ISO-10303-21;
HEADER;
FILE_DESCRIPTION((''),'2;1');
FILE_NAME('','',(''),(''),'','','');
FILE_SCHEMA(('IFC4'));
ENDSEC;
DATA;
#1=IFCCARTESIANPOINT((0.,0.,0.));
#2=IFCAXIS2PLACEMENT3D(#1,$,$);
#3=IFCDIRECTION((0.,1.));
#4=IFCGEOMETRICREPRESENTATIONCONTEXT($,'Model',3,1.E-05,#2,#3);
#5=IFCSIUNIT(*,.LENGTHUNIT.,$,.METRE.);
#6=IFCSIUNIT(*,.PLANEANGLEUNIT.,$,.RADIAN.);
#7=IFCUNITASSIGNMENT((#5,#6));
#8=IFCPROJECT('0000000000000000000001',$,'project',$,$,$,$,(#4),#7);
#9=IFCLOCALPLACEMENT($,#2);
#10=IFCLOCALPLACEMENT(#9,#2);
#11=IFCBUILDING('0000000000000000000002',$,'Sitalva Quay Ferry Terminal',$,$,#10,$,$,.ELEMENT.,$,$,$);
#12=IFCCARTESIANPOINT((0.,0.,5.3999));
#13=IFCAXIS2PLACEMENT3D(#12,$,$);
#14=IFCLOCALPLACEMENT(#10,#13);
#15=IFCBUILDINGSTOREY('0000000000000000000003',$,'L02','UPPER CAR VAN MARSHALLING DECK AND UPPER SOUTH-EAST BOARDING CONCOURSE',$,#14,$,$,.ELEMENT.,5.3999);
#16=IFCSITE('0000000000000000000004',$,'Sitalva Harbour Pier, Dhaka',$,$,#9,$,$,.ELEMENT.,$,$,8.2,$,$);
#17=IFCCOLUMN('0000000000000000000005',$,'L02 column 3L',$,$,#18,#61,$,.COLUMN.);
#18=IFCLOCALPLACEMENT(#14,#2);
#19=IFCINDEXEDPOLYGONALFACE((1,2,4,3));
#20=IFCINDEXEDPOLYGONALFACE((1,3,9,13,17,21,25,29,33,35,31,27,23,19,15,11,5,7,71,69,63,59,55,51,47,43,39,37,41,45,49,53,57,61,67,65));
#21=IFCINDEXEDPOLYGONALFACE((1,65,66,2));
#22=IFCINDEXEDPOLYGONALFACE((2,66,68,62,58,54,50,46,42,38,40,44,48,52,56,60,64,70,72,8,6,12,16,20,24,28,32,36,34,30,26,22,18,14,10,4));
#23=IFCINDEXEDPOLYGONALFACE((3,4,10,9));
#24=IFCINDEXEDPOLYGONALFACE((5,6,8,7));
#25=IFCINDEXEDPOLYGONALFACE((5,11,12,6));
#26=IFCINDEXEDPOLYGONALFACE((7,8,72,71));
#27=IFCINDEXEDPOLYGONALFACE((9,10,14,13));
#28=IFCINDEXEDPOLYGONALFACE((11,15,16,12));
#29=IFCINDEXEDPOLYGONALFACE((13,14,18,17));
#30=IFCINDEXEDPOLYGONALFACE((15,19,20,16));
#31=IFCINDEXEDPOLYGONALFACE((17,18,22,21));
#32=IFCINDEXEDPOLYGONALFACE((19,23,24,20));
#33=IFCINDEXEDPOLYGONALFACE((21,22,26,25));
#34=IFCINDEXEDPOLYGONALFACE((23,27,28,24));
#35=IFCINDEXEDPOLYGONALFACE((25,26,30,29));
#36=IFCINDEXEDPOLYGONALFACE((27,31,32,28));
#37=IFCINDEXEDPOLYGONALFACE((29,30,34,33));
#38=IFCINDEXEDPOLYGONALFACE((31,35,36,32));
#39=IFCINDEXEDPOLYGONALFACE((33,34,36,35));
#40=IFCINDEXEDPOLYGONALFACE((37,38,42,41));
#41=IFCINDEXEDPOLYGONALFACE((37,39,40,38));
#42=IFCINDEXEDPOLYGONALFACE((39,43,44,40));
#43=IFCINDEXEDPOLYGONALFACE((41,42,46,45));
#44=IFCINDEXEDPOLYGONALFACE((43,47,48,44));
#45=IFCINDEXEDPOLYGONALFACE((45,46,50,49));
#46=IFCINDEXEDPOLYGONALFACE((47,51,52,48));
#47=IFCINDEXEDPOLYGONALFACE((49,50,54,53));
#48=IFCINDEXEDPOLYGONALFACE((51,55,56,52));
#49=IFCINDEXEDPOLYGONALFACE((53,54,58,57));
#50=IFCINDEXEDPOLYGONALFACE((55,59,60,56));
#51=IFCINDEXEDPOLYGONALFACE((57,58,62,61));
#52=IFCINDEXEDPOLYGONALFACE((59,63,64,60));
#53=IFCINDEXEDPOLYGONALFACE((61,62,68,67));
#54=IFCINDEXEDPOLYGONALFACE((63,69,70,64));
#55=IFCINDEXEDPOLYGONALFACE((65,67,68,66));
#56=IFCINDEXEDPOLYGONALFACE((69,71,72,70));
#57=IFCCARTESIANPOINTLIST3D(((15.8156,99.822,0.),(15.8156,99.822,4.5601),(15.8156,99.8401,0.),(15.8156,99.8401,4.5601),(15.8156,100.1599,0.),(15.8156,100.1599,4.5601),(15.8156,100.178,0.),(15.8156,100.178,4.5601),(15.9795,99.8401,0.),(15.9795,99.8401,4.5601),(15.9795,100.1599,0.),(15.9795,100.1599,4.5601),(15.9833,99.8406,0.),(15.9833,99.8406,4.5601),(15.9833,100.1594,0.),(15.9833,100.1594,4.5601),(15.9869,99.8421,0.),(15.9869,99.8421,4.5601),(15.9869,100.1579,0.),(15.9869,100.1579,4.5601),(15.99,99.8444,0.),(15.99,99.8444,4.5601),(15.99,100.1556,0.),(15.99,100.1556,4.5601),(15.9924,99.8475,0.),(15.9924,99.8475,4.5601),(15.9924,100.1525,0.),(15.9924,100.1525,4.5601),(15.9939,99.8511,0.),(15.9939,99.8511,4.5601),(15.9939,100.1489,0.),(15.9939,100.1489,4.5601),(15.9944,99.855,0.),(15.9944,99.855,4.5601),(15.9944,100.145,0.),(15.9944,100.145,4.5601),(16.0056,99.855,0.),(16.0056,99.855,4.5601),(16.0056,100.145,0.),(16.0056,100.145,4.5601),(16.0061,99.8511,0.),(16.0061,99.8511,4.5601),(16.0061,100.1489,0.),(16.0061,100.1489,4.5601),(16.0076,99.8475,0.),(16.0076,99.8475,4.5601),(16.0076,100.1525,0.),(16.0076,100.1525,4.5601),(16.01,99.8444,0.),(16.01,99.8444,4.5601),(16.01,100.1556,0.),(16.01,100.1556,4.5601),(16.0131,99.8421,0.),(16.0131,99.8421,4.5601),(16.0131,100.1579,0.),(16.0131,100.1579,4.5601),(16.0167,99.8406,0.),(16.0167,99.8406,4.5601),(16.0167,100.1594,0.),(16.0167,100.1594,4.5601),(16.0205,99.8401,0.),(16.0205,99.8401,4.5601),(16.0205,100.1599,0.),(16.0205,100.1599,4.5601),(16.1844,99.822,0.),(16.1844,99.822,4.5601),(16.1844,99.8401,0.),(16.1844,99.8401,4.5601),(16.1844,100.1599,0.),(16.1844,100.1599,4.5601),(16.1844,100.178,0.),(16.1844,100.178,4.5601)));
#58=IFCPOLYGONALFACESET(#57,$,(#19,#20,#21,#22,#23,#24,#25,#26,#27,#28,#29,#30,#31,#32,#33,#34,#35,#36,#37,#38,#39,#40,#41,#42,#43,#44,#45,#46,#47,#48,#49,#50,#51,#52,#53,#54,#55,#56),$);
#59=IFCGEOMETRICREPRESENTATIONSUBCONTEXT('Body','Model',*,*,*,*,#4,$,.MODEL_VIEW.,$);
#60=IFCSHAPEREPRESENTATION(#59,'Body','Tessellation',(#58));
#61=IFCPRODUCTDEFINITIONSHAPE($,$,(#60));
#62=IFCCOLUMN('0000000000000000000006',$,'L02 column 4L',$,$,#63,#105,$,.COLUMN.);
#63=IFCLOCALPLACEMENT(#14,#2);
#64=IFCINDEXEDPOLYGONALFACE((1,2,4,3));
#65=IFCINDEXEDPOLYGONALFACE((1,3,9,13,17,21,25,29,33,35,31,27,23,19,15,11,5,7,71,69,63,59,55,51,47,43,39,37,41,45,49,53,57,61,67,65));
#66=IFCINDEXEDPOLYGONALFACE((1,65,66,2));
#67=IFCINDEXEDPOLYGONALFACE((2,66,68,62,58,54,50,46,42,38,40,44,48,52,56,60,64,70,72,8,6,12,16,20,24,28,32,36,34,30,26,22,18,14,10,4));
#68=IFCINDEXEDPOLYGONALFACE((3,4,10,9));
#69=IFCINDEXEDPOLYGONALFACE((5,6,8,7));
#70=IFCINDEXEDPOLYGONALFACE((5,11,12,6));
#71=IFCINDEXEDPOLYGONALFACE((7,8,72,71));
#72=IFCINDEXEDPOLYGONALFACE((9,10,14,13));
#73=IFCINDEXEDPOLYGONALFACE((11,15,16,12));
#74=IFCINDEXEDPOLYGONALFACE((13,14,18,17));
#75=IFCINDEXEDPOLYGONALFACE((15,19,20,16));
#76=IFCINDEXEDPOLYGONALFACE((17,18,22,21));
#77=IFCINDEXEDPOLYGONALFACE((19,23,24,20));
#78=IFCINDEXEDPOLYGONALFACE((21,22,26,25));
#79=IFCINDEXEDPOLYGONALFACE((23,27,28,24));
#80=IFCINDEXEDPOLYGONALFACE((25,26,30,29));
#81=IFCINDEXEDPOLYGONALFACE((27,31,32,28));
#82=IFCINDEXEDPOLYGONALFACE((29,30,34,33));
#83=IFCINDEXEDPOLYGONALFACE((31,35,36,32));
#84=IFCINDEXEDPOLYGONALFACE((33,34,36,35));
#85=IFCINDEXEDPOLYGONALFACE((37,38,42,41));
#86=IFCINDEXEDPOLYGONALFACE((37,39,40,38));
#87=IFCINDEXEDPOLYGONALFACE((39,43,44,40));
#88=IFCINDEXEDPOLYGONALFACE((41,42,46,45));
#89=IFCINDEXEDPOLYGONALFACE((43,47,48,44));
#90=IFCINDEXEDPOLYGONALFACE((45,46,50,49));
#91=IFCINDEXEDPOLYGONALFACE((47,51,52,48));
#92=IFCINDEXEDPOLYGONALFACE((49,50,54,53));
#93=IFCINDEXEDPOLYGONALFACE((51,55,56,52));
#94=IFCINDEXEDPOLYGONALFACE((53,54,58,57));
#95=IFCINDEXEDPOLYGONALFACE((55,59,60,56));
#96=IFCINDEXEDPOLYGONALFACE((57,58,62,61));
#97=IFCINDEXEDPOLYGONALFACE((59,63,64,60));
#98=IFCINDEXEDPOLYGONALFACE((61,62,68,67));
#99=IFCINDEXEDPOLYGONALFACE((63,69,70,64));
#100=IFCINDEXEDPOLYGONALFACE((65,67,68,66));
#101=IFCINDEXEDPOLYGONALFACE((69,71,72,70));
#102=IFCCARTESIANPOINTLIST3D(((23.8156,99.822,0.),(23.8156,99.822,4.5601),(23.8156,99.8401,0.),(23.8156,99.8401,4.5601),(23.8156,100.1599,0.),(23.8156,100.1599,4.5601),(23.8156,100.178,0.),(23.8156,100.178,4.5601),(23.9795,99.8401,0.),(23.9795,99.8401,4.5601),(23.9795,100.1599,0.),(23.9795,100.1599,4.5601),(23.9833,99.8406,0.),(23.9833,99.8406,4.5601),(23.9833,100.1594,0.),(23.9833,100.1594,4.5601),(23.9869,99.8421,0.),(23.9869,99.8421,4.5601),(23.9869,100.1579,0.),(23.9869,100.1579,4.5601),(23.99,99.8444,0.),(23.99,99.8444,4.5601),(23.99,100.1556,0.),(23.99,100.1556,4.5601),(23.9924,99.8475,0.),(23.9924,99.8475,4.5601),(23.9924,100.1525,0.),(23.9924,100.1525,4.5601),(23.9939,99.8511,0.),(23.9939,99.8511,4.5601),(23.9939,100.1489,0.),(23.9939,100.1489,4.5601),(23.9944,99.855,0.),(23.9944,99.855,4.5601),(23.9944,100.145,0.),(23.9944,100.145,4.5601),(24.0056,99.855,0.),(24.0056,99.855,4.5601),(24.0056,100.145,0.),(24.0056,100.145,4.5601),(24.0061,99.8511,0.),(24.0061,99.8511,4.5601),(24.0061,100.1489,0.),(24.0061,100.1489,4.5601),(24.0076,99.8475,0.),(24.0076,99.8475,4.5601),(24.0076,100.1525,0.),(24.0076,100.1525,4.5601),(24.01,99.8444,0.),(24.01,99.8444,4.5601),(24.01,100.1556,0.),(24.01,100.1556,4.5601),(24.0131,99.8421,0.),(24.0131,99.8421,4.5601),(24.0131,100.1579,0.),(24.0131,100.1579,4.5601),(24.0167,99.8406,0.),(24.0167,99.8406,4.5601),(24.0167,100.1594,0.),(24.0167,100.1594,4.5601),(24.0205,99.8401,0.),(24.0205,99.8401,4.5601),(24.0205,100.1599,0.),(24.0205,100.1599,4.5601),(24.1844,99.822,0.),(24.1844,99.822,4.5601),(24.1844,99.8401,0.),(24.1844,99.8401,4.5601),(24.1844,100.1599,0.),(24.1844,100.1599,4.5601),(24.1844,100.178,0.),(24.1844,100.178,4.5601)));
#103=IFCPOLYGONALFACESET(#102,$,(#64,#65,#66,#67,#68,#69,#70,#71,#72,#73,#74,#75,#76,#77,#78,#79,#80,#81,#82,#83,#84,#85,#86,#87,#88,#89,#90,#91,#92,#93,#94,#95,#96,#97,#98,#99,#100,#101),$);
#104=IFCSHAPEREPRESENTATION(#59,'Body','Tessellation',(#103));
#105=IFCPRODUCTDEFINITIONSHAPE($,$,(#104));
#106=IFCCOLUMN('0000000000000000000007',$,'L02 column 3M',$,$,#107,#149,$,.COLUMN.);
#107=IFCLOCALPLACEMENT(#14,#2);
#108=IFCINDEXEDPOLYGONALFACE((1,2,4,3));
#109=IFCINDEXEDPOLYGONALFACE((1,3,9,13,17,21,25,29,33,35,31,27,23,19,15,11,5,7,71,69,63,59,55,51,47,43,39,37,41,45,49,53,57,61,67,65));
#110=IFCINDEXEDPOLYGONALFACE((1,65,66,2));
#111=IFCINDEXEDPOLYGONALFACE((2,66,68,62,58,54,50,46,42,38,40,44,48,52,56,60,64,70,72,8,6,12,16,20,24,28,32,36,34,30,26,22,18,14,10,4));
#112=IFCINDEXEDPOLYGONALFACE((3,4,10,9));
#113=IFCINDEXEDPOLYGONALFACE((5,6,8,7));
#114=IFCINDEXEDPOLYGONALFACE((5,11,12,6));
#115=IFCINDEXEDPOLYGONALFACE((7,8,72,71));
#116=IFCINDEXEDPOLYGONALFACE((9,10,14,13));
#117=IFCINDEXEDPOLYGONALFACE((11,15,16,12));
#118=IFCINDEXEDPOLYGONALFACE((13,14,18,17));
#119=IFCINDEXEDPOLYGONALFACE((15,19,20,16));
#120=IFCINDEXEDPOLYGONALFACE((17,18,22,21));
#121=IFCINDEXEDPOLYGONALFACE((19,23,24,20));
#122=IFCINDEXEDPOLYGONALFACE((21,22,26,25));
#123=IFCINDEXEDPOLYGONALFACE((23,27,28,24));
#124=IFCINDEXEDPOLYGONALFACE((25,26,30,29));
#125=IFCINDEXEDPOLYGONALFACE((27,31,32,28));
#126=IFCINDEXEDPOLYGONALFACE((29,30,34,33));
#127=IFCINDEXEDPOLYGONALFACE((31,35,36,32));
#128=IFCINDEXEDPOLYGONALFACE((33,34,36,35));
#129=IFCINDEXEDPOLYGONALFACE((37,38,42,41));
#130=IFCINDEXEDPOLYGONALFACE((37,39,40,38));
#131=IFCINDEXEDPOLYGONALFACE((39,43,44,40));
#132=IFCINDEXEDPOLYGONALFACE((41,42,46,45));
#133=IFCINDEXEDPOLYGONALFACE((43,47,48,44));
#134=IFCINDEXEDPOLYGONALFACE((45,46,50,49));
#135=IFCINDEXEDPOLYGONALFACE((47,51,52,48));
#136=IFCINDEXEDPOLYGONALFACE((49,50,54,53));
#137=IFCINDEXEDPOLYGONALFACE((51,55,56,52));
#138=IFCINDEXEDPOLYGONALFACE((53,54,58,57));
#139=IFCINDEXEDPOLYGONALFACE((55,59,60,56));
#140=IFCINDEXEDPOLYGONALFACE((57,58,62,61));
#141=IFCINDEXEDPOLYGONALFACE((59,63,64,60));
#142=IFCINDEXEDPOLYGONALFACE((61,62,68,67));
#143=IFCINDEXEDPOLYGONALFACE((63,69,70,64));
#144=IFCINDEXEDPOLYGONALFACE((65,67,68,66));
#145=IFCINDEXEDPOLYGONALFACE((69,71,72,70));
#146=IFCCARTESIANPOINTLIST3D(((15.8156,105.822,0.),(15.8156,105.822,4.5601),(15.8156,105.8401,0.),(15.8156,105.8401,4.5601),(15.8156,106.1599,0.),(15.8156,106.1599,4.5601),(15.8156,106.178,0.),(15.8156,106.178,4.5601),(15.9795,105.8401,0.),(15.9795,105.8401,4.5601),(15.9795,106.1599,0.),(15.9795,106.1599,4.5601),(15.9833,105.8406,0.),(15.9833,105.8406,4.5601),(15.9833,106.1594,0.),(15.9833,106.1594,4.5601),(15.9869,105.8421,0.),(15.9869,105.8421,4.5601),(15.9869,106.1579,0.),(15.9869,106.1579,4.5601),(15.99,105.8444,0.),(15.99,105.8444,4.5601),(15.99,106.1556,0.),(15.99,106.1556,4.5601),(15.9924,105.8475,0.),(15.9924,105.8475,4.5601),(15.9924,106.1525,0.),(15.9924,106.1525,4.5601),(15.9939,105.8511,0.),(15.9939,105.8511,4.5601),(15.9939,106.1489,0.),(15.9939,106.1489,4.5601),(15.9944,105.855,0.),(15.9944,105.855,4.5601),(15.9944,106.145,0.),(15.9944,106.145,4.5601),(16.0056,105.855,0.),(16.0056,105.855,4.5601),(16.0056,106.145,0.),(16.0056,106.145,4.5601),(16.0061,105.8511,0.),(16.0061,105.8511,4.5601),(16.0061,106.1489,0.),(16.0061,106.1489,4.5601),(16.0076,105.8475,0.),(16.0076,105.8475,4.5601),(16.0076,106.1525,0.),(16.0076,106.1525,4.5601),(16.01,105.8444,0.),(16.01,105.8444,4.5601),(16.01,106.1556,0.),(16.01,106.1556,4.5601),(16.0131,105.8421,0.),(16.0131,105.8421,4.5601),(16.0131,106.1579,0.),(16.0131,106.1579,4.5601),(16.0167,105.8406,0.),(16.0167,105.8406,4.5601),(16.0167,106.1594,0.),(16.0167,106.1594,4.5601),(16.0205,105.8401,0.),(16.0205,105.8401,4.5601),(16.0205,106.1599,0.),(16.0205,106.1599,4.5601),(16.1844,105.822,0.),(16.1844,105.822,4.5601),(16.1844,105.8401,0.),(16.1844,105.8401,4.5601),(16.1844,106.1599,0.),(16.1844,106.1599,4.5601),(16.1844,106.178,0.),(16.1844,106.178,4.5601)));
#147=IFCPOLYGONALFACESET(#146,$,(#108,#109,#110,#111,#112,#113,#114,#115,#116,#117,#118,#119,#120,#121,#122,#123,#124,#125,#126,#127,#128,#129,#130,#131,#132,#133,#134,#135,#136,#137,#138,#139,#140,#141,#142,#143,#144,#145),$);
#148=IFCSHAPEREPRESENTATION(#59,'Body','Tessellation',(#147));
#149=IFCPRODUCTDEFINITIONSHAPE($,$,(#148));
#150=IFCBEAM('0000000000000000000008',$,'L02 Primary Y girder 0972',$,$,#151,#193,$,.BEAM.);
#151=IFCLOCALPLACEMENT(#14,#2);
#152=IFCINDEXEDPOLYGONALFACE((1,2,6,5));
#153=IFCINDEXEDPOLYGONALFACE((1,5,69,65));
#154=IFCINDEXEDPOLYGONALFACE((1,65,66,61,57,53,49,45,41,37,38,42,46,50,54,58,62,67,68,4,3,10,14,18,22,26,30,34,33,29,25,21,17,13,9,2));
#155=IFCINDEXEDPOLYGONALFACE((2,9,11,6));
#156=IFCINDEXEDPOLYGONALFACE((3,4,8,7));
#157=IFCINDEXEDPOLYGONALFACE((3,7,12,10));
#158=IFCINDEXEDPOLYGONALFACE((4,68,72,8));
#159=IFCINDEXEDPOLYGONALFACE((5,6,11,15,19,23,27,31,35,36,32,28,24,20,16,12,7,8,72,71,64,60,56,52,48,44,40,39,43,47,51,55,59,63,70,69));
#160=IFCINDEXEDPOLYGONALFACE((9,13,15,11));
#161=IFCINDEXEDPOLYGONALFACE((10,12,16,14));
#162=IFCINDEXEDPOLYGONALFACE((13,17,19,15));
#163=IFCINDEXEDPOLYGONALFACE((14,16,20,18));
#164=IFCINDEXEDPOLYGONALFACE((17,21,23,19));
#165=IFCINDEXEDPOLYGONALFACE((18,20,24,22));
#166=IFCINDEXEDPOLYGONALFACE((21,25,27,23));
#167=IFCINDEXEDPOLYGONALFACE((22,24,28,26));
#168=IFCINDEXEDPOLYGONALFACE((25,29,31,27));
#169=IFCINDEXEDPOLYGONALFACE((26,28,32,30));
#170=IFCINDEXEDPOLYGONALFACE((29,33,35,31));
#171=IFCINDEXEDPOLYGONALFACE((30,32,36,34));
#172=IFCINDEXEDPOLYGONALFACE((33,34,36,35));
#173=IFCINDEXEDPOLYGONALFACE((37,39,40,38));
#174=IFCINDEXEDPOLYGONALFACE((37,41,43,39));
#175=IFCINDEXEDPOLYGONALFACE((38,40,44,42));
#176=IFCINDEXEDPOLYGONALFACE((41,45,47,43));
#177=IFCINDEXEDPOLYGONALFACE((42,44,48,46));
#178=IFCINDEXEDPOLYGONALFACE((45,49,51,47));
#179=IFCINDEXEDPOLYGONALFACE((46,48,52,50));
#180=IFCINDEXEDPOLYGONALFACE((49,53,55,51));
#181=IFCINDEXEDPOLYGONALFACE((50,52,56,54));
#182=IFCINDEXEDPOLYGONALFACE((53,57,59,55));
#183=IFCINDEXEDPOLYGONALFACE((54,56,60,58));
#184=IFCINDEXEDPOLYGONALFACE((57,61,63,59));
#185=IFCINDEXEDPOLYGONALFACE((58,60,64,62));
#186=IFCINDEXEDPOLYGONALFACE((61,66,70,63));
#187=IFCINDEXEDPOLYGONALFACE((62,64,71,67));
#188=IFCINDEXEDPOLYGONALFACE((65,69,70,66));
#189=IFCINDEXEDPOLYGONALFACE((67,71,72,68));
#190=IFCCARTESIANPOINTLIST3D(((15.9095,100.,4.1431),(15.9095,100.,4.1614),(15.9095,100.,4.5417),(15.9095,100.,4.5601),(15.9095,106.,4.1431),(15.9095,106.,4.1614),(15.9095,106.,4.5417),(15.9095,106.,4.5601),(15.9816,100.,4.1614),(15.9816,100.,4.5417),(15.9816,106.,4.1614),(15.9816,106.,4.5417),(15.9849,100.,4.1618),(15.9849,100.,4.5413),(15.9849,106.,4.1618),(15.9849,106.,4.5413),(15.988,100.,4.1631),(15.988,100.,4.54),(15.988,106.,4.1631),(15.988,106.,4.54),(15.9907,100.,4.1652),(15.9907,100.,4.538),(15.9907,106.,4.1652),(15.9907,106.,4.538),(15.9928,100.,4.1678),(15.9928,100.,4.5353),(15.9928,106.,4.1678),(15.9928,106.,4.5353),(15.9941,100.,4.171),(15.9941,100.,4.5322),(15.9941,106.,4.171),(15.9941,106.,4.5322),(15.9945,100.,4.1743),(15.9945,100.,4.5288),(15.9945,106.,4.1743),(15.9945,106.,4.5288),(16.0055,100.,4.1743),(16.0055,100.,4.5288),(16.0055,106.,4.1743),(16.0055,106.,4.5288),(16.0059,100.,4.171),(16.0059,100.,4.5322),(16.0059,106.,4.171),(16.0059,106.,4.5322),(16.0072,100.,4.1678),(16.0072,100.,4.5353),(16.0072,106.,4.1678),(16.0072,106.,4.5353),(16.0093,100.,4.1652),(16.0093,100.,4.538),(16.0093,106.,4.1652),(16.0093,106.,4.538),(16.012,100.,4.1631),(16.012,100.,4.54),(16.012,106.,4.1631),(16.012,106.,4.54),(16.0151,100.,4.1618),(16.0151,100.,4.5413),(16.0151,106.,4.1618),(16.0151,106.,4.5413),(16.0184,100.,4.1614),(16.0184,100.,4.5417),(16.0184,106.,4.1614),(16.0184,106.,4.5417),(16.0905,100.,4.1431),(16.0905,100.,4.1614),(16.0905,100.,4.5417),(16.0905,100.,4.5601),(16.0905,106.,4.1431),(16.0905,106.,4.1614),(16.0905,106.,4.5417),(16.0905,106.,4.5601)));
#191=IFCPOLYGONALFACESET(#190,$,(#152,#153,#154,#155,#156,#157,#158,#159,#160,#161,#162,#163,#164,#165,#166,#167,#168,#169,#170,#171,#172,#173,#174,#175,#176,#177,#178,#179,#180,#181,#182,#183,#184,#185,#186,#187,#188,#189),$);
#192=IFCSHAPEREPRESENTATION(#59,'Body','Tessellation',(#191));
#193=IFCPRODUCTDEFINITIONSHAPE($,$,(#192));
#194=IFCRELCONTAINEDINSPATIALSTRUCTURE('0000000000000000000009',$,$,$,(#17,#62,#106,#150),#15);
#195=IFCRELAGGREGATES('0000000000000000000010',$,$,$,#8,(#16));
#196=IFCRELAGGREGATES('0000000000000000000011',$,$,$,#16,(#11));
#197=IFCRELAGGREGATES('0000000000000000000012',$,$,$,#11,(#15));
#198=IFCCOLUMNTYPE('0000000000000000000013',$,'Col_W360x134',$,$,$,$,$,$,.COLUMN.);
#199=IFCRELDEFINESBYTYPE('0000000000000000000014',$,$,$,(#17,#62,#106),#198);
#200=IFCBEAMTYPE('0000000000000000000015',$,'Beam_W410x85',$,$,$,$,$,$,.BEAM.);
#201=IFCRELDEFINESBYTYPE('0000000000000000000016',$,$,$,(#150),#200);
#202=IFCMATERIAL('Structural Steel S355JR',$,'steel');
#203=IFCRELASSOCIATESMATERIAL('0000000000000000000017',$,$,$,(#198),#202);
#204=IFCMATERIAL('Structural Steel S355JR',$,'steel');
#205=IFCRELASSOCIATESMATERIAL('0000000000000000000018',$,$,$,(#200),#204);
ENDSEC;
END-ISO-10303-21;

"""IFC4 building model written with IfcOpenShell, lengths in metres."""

from ifc_helpers import new_model, si_unit, direction, frame, origin, origin_2d, place, context, subcontext, project, spatial, i_section, extrude, material, material_profile, profile_set, type_object, element, save


model = new_model("IFC4")

# Units and contexts
model_context = context("Model", 3, precision=1e-05, world=origin(), true_north=direction((0.0, 1.0)))
body_context = subcontext(model_context, "Body", "Model", "MODEL_VIEW")
ifc_project = project(units=[si_unit("LENGTHUNIT", "METRE"), si_unit("PLANEANGLEUNIT", "RADIAN")], contexts=[model_context])

# Site, building, storey
site_placement = place(None, origin())
site = spatial("IfcSite", under=ifc_project, at=site_placement, Name="Sitalva Harbour Pier, Dhaka", CompositionType="ELEMENT", RefElevation=8.2)
building_placement = place(site_placement, origin())
building = spatial("IfcBuilding", under=site, at=building_placement, Name="Sitalva Quay Ferry Terminal", CompositionType="ELEMENT")
storey_placement = place(building_placement, frame((0.0, 0.0, 5.3999)))
storey = spatial("IfcBuildingStorey", under=building, at=storey_placement, Name="L02", Description="UPPER CAR VAN MARSHALLING DECK AND UPPER SOUTH-EAST BOARDING CONCOURSE", CompositionType="ELEMENT", Elevation=5.3999)

# Columns
ifc_material_1 = material(Name="Structural Steel S355JR", Category="steel")
ifc_material_profile_1 = material_profile(ifc_material_1, i_section(OverallWidth=0.3689, OverallDepth=0.356, WebThickness=0.0112, FlangeThickness=0.0181, FilletRadius=0.0149, at=origin_2d()), Name="W360x134")
ifc_profile_set_1 = profile_set([ifc_material_profile_1], Name="Structural Steel S355JR")
column_type = type_object("IfcColumnType", Name="Col_W360x134", PredefinedType="COLUMN", material=ifc_profile_set_1)
for number, where, z_axis, x_axis, name in (
    (1, (16.0, 100.0, 0.0), (0.0, 0.0, 1.0), (1.0, 0.0, 0.0), "L02 column 3L"),
    (2, (24.0, 100.0, 0.0), (0.0, 0.0, 1.0), (1.0, 0.0, 0.0), "L02 column 4L"),
    (3, (16.0, 106.0, 0.0), (0.0, 0.0, 1.0), (1.0, 0.0, 0.0), "L02 column 3M"),
):
    element("IfcColumn", number, at=place(storey_placement, frame(where, z_axis=z_axis, x_axis=x_axis)), inside=storey, type_object=column_type, Name=name, PredefinedType="COLUMN", context=body_context, shape_type="SweptSolid", body=[
        extrude(i_section(OverallWidth=0.3689, OverallDepth=0.356, WebThickness=0.0112, FlangeThickness=0.0181, FilletRadius=0.0149, at=origin_2d()), origin(), (0.0, 0.0, 1.0), 4.5601),
    ])

# Beam
ifc_material_2 = material(Name="Structural Steel S355JR", Category="steel")
ifc_material_profile_2 = material_profile(ifc_material_2, i_section(OverallWidth=0.1809, OverallDepth=0.417, WebThickness=0.011, FlangeThickness=0.0183, FilletRadius=0.0129, at=origin_2d()), Name="W410x85")
ifc_profile_set_2 = profile_set([ifc_material_profile_2], Name="Structural Steel S355JR")
beam_type_1 = type_object("IfcBeamType", Name="Beam_W410x85", PredefinedType="BEAM", material=ifc_profile_set_2)
beam_placement = place(storey_placement, frame((16.0, 100.0, 4.3516), z_axis=(0.0, 1.0, 0.0), x_axis=(-1.0, 0.0, 0.0)))
element("IfcBeam", 4, at=beam_placement, inside=storey, type_object=beam_type_1, Name="L02 Primary Y girder 0972", PredefinedType="BEAM", context=body_context, shape_type="SweptSolid", body=[
    extrude(i_section(OverallWidth=0.1809, OverallDepth=0.417, WebThickness=0.011, FlangeThickness=0.0183, FilletRadius=0.0129, at=origin_2d()), origin(), (0.0, 0.0, 1.0), 6.0),
])

save(model, "model.ifc")
